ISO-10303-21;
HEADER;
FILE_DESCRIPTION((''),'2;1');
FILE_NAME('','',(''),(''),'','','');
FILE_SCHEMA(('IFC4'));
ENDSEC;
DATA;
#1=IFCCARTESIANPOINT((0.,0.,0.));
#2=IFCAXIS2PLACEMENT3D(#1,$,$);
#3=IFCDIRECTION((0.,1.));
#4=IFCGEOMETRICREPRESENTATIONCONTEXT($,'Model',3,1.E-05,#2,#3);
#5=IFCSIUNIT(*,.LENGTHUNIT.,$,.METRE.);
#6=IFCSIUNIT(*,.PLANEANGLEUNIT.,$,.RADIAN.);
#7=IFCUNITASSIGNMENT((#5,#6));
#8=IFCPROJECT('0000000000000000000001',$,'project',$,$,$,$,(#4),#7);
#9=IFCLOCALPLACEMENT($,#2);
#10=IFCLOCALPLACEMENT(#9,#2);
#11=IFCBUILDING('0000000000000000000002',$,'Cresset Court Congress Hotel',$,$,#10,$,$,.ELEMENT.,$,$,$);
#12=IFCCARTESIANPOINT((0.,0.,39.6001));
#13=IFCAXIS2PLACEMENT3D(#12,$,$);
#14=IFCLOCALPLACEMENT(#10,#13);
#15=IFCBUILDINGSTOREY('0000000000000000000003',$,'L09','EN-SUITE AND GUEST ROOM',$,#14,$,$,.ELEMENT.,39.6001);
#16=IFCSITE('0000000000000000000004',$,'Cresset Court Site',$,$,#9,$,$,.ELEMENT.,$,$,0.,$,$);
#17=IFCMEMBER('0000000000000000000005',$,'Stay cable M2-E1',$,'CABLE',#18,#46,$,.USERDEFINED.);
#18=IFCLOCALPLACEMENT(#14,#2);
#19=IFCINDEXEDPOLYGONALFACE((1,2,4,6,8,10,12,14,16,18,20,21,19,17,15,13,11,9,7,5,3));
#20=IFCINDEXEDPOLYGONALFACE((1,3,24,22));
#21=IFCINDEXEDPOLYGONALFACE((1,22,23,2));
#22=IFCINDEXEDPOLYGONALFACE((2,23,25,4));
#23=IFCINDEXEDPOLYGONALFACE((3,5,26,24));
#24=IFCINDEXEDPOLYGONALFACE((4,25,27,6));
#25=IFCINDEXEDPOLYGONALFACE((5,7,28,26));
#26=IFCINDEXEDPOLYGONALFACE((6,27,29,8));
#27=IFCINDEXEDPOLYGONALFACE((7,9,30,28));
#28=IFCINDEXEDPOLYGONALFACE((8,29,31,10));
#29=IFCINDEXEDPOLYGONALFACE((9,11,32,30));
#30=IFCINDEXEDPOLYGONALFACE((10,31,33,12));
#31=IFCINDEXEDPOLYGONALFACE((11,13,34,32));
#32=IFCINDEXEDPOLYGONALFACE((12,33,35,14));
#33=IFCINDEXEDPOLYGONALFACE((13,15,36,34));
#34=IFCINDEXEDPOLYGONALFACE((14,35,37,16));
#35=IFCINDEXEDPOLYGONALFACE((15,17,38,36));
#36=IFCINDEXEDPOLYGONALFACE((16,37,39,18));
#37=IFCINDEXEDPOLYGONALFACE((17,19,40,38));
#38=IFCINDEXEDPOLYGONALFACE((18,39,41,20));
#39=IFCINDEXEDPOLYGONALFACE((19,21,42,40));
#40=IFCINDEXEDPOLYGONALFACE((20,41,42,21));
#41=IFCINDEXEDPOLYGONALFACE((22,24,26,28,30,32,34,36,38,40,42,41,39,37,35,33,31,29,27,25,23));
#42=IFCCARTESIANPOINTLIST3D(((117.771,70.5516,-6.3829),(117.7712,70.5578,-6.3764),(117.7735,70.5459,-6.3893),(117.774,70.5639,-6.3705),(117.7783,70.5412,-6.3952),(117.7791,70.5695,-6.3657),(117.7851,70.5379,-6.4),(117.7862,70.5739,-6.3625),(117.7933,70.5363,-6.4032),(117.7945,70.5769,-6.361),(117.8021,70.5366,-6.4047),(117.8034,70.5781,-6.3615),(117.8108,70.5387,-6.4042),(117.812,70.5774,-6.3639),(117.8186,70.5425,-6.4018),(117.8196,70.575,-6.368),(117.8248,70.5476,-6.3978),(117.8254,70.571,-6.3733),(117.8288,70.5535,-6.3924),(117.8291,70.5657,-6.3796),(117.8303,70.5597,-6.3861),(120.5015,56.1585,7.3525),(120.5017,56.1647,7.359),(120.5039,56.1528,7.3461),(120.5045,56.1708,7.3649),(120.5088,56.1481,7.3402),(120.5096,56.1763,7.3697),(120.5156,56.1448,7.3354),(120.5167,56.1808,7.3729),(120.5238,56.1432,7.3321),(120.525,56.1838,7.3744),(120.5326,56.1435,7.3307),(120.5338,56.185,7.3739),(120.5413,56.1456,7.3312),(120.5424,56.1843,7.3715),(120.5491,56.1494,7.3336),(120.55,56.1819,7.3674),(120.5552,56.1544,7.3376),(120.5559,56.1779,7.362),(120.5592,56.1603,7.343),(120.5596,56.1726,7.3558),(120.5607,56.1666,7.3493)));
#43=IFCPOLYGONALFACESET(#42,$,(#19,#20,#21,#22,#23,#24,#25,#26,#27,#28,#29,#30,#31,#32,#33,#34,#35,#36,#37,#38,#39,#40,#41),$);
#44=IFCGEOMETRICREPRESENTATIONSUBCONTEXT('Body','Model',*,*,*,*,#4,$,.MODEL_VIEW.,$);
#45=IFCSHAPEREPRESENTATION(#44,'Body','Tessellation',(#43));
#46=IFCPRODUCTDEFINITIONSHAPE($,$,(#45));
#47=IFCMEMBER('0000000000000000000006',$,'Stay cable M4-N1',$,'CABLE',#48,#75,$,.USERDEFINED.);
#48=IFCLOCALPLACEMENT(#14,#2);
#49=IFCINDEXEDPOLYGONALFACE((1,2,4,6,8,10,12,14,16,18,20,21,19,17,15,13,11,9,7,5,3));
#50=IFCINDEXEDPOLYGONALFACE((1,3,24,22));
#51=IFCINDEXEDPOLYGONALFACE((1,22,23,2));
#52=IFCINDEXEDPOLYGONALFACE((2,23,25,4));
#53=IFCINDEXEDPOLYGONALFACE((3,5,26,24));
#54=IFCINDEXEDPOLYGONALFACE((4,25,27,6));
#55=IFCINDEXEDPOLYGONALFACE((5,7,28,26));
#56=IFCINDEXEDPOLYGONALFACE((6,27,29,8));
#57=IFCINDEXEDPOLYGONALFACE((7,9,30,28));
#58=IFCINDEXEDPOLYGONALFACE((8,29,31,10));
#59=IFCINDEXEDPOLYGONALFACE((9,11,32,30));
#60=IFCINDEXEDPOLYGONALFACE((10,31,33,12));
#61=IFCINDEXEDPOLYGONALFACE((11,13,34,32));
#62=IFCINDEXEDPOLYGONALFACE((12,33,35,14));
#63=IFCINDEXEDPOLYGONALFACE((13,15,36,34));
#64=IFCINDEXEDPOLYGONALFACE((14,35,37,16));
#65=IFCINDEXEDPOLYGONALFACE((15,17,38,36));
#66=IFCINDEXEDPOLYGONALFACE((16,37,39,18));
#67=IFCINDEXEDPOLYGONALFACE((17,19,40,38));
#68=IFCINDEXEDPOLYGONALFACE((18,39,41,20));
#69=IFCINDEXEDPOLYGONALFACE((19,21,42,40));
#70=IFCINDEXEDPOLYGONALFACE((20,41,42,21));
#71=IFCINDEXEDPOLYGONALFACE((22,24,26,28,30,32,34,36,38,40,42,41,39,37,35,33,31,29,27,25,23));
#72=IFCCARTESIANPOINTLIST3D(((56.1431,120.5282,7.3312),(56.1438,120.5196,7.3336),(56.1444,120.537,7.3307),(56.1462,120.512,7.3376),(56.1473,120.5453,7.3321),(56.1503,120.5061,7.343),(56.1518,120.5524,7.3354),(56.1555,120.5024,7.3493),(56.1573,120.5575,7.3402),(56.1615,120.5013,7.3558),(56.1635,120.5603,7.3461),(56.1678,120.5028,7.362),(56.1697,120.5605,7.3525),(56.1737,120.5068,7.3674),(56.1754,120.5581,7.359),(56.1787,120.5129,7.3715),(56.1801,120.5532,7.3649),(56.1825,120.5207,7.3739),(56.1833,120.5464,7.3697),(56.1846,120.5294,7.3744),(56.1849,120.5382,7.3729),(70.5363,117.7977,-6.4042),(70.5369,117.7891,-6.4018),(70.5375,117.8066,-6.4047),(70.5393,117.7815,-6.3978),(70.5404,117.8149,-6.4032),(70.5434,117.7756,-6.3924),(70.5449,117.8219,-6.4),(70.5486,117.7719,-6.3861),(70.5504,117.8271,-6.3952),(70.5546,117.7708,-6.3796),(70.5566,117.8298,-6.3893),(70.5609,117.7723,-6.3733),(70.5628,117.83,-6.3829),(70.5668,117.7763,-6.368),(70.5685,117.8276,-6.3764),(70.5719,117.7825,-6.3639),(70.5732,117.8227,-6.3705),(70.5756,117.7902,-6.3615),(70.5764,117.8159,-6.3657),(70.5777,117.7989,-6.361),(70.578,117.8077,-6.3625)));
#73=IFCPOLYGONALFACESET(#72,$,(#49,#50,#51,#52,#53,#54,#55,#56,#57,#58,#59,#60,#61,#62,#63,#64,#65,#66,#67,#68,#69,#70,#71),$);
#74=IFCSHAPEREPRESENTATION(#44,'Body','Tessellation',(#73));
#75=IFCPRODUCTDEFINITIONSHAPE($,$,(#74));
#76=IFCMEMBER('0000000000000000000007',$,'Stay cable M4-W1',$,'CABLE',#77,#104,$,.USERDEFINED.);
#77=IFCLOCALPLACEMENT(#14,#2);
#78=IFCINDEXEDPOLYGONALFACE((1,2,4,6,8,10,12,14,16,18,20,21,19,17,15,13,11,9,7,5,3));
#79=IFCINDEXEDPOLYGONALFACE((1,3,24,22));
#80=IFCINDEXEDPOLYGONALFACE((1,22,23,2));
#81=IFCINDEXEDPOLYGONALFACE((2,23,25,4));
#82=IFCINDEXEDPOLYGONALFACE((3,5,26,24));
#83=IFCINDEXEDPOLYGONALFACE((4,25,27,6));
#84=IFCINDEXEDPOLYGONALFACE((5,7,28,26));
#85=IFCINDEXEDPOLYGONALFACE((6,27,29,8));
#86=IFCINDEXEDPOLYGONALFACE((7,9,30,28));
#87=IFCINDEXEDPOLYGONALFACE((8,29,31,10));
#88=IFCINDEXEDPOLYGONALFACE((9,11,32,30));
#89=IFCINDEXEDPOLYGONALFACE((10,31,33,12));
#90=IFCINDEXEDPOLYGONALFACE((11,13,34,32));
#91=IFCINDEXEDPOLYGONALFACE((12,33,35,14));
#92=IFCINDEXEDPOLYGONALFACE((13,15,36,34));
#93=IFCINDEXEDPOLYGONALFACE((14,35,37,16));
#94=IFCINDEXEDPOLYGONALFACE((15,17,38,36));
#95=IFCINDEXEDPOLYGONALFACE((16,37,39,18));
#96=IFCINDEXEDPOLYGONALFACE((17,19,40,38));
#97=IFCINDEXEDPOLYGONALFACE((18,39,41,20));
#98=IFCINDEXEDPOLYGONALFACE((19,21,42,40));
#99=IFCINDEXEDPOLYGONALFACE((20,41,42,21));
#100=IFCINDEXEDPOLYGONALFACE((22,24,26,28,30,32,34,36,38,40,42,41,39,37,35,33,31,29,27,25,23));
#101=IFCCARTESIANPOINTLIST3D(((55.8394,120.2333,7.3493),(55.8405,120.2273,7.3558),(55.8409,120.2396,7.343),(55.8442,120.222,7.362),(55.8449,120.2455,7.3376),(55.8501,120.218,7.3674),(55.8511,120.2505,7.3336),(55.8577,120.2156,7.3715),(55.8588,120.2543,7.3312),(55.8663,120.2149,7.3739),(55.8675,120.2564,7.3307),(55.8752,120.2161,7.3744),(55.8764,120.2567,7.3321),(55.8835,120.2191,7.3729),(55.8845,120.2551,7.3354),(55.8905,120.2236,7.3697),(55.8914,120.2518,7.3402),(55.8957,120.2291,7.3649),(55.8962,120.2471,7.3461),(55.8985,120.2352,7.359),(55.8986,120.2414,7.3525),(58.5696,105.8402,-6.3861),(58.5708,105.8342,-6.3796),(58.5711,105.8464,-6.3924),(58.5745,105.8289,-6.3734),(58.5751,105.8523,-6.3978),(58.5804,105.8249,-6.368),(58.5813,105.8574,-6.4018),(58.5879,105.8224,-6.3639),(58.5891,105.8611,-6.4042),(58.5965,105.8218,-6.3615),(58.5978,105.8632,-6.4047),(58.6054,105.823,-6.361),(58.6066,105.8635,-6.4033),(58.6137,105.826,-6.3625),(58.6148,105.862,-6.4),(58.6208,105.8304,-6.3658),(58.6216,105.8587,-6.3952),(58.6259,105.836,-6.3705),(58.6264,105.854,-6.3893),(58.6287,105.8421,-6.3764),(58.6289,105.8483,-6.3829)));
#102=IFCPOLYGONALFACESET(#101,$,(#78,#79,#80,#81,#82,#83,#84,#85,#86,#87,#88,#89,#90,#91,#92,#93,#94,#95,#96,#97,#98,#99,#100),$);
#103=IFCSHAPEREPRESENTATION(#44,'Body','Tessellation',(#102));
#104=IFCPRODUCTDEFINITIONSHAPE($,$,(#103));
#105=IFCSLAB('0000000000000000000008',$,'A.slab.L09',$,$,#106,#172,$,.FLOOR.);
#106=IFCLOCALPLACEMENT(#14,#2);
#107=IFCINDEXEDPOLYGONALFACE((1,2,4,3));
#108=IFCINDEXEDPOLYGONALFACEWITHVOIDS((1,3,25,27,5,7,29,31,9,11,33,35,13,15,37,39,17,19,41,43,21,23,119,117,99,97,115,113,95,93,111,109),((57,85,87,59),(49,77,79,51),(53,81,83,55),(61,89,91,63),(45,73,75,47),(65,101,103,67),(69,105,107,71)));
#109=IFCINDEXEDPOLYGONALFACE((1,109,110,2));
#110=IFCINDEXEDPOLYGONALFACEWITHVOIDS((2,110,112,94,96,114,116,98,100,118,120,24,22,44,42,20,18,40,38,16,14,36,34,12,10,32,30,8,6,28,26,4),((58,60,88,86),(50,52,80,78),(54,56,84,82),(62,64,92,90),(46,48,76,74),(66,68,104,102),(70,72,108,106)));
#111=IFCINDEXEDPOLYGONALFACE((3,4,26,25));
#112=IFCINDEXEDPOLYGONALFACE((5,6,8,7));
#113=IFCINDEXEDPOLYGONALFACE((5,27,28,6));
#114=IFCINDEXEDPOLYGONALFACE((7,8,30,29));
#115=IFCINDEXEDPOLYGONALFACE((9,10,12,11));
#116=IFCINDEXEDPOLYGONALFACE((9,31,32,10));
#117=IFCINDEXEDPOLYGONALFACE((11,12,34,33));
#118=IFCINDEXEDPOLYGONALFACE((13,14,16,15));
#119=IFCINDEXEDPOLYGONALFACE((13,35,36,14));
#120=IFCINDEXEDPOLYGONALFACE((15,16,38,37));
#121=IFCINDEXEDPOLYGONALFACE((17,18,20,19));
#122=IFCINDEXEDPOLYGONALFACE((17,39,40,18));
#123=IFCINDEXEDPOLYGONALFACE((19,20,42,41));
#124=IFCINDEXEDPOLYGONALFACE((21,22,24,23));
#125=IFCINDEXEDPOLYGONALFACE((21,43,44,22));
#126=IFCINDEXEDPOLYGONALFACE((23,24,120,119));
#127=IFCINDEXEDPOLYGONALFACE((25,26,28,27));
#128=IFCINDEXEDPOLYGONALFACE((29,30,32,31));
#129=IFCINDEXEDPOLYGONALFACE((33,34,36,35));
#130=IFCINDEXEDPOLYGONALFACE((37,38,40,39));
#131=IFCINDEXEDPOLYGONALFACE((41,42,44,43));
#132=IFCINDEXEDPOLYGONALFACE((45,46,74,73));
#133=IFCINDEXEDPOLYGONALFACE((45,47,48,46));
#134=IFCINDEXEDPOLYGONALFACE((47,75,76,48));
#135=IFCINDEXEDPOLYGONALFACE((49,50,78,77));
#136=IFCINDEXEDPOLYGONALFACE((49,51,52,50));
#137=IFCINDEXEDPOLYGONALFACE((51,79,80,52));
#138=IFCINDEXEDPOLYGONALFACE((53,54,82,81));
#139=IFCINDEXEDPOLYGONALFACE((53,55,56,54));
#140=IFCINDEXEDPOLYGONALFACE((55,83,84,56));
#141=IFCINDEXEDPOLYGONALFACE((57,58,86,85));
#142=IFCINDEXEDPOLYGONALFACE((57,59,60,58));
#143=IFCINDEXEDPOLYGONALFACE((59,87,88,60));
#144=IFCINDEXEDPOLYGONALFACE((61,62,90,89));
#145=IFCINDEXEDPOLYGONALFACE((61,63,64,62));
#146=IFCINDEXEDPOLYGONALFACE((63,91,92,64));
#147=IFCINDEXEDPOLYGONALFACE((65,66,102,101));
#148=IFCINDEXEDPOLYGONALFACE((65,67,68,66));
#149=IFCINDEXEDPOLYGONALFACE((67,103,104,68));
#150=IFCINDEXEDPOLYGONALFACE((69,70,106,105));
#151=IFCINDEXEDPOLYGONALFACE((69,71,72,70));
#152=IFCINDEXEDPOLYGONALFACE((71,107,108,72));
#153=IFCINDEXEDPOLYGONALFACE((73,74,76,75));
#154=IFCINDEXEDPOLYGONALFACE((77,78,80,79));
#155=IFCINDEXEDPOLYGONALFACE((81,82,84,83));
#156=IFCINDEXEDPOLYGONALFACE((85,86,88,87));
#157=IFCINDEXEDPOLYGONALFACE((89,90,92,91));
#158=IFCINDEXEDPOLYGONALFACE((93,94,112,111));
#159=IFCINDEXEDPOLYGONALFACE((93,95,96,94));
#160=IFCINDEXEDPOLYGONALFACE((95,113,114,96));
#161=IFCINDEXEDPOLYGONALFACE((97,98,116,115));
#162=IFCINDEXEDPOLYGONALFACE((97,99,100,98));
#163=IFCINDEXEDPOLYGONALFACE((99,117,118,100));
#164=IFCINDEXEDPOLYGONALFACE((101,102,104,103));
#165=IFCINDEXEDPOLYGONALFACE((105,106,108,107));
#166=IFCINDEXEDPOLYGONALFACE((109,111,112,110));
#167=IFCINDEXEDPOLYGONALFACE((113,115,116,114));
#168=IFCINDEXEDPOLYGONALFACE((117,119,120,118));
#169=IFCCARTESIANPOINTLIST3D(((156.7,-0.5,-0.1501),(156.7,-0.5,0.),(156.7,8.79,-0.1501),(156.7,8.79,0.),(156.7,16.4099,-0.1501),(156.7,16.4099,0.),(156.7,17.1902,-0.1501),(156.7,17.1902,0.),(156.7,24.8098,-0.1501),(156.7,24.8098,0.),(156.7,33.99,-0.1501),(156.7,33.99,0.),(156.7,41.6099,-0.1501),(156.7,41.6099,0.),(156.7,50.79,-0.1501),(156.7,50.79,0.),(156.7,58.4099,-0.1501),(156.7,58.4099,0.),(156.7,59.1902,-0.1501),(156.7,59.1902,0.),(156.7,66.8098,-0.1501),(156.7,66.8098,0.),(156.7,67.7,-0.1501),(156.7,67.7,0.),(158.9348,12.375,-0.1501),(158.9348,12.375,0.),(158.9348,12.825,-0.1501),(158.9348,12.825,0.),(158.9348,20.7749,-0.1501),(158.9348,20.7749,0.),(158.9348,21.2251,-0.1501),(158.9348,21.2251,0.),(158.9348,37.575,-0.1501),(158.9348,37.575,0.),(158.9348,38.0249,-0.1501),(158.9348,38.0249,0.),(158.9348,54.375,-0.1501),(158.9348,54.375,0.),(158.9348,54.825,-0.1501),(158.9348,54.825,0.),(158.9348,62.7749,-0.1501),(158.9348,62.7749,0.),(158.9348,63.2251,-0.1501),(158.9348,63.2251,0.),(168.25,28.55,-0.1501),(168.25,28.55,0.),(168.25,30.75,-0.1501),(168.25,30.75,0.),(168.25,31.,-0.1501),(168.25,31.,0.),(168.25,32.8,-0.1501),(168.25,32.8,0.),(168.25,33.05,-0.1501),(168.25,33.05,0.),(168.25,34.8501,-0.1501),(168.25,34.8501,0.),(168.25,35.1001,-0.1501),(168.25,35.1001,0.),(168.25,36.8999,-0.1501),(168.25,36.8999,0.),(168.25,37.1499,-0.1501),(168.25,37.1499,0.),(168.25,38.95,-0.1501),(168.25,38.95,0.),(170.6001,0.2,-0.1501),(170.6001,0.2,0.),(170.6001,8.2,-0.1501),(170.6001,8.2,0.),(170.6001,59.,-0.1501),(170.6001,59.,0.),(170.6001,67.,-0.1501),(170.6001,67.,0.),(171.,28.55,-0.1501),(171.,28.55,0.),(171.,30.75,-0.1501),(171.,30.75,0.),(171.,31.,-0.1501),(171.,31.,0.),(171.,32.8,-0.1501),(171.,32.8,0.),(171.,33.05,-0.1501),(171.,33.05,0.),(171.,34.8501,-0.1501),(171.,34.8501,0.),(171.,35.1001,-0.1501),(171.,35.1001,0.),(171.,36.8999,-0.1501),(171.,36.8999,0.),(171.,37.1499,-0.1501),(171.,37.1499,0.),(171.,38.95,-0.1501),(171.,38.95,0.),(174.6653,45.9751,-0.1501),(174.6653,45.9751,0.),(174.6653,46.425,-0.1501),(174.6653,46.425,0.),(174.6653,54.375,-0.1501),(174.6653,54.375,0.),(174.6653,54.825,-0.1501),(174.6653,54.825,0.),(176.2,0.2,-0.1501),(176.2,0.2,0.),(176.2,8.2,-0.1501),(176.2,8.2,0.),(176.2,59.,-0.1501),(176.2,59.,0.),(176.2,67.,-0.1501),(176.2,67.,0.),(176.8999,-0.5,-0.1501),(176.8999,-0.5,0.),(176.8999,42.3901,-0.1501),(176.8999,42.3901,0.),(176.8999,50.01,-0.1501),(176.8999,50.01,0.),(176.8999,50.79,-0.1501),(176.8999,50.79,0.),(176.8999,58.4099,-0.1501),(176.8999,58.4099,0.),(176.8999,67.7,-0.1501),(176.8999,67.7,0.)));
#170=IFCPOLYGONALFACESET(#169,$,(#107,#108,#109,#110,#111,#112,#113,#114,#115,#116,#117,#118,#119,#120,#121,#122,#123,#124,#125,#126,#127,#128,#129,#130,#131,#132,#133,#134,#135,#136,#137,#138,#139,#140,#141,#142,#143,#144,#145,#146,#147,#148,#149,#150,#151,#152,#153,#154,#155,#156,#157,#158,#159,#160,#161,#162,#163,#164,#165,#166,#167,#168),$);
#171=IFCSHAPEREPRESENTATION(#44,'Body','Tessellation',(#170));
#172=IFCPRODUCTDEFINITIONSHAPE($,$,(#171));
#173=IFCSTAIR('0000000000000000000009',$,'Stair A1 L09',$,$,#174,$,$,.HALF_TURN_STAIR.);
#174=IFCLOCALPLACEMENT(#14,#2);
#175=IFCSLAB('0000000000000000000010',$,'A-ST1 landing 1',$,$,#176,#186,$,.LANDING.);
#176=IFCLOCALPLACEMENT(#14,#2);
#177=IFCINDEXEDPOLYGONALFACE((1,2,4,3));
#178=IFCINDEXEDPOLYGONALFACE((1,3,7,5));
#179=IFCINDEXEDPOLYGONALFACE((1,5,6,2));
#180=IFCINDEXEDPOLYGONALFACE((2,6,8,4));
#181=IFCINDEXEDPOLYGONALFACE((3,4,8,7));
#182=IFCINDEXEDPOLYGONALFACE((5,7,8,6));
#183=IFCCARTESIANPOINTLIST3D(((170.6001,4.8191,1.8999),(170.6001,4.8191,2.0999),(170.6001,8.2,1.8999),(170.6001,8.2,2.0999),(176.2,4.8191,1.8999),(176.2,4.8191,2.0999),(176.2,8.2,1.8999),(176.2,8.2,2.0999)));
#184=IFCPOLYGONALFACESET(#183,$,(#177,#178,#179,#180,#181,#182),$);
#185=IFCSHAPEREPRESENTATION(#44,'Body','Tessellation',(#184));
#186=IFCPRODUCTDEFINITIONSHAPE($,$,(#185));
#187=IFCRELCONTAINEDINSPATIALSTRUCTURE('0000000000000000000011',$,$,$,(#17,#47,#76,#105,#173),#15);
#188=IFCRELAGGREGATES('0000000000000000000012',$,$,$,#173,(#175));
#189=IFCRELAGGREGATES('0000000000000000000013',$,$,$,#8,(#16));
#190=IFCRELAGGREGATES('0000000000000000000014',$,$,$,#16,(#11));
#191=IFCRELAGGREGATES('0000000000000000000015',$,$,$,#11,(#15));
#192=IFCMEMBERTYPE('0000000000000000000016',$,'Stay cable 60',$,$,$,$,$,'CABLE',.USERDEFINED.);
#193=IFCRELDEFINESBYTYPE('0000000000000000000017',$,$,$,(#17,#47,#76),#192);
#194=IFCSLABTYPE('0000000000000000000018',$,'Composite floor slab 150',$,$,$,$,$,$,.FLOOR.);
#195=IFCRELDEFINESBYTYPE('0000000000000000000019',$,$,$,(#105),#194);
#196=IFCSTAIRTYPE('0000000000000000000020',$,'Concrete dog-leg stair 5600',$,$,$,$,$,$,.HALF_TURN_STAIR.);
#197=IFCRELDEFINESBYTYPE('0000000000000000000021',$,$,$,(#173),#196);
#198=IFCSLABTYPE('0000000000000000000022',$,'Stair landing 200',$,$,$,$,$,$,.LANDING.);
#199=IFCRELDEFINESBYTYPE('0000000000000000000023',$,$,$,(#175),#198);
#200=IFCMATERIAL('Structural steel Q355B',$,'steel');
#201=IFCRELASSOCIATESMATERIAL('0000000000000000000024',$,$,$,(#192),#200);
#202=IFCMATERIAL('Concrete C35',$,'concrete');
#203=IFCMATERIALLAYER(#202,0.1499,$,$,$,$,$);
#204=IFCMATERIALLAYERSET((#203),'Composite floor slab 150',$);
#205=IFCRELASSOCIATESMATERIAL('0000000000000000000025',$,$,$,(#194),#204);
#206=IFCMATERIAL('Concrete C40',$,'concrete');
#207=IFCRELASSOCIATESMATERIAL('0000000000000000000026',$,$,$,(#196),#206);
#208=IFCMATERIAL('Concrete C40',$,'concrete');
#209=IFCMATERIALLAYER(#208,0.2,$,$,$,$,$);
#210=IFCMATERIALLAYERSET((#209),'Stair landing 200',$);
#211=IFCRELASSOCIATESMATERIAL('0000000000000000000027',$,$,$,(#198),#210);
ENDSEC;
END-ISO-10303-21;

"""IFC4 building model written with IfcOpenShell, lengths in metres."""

from ifc_helpers import new_model, si_unit, direction, frame, origin, origin_2d, place, context, subcontext, project, spatial, polyline, circle, outline, extrude, material, layer, layer_set, material_profile, profile_set, type_object, element, aggregate, save


model = new_model("IFC4")

# Units and contexts
model_context = context("Model", 3, precision=1e-05, world=origin(), true_north=direction((0.0, 1.0)))
body_context = subcontext(model_context, "Body", "Model", "MODEL_VIEW")
ifc_project = project(units=[si_unit("LENGTHUNIT", "METRE"), si_unit("PLANEANGLEUNIT", "RADIAN")], contexts=[model_context])

# Site, building, storey
site_placement = place(None, origin())
site = spatial("IfcSite", under=ifc_project, at=site_placement, Name="Cresset Court Site", CompositionType="ELEMENT", RefElevation=0.0)
building_placement = place(site_placement, origin())
building = spatial("IfcBuilding", under=site, at=building_placement, Name="Cresset Court Congress Hotel", CompositionType="ELEMENT")
storey_placement = place(building_placement, frame((0.0, 0.0, 39.6001)))
storey = spatial("IfcBuildingStorey", under=building, at=storey_placement, Name="L09", Description="EN-SUITE AND GUEST ROOM", CompositionType="ELEMENT", Elevation=39.6001)

# Members
ifc_material_1 = material(Name="Structural steel Q355B", Category="steel")
ifc_material_profile_1 = material_profile(ifc_material_1, circle(Radius=0.03, at=origin_2d()), Name="CABLE60")
ifc_profile_set_1 = profile_set([ifc_material_profile_1], Name="Structural steel Q355B")
member_type = type_object("IfcMemberType", Name="Stay cable 60", ElementType="CABLE", PredefinedType="USERDEFINED", material=ifc_profile_set_1)
for number, where, z_axis, x_axis, name in (
    (1, (120.531, 56.1641, 7.3525), (-0.135968, 0.716725, -0.683973), (-0.982477, -0.186383, 0.0), "Stay cable M2-E1"),
    (2, (56.1641, 120.531, 7.3525), (0.716725, -0.135968, -0.683973), (0.186383, 0.982477, 0.0), "Stay cable M4-N1"),
    (3, (55.8691, 120.2358, 7.3525), (0.135956, -0.716726, -0.683974), (0.98248, 0.186367, 0.0), "Stay cable M4-W1"),
):
    element("IfcMember", number, at=place(storey_placement, frame(where, z_axis=z_axis, x_axis=x_axis)), inside=storey, type_object=member_type, Name=name, ObjectType="CABLE", PredefinedType="USERDEFINED", context=body_context, shape_type="SweptSolid", body=[
        extrude(circle(Radius=0.03, at=origin_2d()), origin(), (0.0, 0.0, 1.0), 20.0818),
    ])

# Slab
ifc_material_2 = material(Name="Concrete C35", Category="concrete")
ifc_layer_1 = layer(ifc_material_2, 0.1499)
ifc_layer_set_1 = layer_set([ifc_layer_1], Name="Composite floor slab 150")
slab_type_1 = type_object("IfcSlabType", Name="Composite floor slab 150", PredefinedType="FLOOR", material=ifc_layer_set_1)
slab_1_placement = place(storey_placement, frame((0.0, 0.0, -0.1501)))
element("IfcSlab", 4, at=slab_1_placement, inside=storey, type_object=slab_type_1, Name="A.slab.L09", PredefinedType="FLOOR", context=body_context, shape_type="SweptSolid", body=[
    extrude(outline(polyline([(156.7, -0.5), (176.8999, -0.5), (176.8999, 42.3901), (174.6653, 45.9751), (174.6653, 46.425), (176.8999, 50.01), (176.8999, 50.79), (174.6653, 54.375), (174.6653, 54.825), (176.8999, 58.4099), (176.8999, 67.7), (156.7, 67.7), (156.7, 66.8098), (158.9348, 63.2251), (158.9348, 62.7749), (156.7, 59.1902), (156.7, 58.4099), (158.9348, 54.825), (158.9348, 54.375), (156.7, 50.79), (156.7, 41.6099), (158.9348, 38.0249), (158.9348, 37.575), (156.7, 33.99), (156.7, 24.8098), (158.9348, 21.2251), (158.9348, 20.7749), (156.7, 17.1902), (156.7, 16.4099), (158.9348, 12.825), (158.9348, 12.375), (156.7, 8.79), (156.7, -0.5)]), holes=[polyline([(170.6001, 0.2), (176.2, 0.2), (176.2, 8.2), (170.6001, 8.2), (170.6001, 0.2)]), polyline([(170.6001, 59.0), (176.2, 59.0), (176.2, 67.0), (170.6001, 67.0), (170.6001, 59.0)]), polyline([(168.25, 28.55), (171.0, 28.55), (171.0, 30.75), (168.25, 30.75), (168.25, 28.55)]), polyline([(168.25, 31.0), (171.0, 31.0), (171.0, 32.8), (168.25, 32.8), (168.25, 31.0)]), polyline([(168.25, 33.05), (171.0, 33.05), (171.0, 34.8501), (168.25, 34.8501), (168.25, 33.05)]), polyline([(168.25, 35.1001), (171.0, 35.1001), (171.0, 36.8999), (168.25, 36.8999), (168.25, 35.1001)]), polyline([(168.25, 37.1499), (171.0, 37.1499), (171.0, 38.95), (168.25, 38.95), (168.25, 37.1499)])]), origin(), (0.0, 0.0, 1.0), 0.1501),
])

# Stair, slab
ifc_material_3 = material(Name="Concrete C40", Category="concrete")
stair_type = type_object("IfcStairType", Name="Concrete dog-leg stair 5600", PredefinedType="HALF_TURN_STAIR", material=ifc_material_3)
stair_1_placement = place(storey_placement, origin())
stair_1 = element("IfcStair", 5, at=stair_1_placement, inside=storey, type_object=stair_type, Name="Stair A1 L09", PredefinedType="HALF_TURN_STAIR")
ifc_material_4 = material(Name="Concrete C40", Category="concrete")
ifc_layer_2 = layer(ifc_material_4, 0.2)
ifc_layer_set_2 = layer_set([ifc_layer_2], Name="Stair landing 200")
slab_type_2 = type_object("IfcSlabType", Name="Stair landing 200", PredefinedType="LANDING", material=ifc_layer_set_2)
slab_2_placement = place(storey_placement, frame((0.0, 0.0, 1.8999)))
slab_2 = element("IfcSlab", 6, at=slab_2_placement, type_object=slab_type_2, Name="A-ST1 landing 1", PredefinedType="LANDING", context=body_context, shape_type="SweptSolid", body=[
    extrude(outline(polyline([(170.6001, 4.8191), (176.2, 4.8191), (176.2, 8.2), (170.6001, 8.2), (170.6001, 4.8191)])), origin(), (0.0, 0.0, 1.0), 0.2),
])
aggregate(stair_1, [slab_2])

save(model, "model.ifc")
